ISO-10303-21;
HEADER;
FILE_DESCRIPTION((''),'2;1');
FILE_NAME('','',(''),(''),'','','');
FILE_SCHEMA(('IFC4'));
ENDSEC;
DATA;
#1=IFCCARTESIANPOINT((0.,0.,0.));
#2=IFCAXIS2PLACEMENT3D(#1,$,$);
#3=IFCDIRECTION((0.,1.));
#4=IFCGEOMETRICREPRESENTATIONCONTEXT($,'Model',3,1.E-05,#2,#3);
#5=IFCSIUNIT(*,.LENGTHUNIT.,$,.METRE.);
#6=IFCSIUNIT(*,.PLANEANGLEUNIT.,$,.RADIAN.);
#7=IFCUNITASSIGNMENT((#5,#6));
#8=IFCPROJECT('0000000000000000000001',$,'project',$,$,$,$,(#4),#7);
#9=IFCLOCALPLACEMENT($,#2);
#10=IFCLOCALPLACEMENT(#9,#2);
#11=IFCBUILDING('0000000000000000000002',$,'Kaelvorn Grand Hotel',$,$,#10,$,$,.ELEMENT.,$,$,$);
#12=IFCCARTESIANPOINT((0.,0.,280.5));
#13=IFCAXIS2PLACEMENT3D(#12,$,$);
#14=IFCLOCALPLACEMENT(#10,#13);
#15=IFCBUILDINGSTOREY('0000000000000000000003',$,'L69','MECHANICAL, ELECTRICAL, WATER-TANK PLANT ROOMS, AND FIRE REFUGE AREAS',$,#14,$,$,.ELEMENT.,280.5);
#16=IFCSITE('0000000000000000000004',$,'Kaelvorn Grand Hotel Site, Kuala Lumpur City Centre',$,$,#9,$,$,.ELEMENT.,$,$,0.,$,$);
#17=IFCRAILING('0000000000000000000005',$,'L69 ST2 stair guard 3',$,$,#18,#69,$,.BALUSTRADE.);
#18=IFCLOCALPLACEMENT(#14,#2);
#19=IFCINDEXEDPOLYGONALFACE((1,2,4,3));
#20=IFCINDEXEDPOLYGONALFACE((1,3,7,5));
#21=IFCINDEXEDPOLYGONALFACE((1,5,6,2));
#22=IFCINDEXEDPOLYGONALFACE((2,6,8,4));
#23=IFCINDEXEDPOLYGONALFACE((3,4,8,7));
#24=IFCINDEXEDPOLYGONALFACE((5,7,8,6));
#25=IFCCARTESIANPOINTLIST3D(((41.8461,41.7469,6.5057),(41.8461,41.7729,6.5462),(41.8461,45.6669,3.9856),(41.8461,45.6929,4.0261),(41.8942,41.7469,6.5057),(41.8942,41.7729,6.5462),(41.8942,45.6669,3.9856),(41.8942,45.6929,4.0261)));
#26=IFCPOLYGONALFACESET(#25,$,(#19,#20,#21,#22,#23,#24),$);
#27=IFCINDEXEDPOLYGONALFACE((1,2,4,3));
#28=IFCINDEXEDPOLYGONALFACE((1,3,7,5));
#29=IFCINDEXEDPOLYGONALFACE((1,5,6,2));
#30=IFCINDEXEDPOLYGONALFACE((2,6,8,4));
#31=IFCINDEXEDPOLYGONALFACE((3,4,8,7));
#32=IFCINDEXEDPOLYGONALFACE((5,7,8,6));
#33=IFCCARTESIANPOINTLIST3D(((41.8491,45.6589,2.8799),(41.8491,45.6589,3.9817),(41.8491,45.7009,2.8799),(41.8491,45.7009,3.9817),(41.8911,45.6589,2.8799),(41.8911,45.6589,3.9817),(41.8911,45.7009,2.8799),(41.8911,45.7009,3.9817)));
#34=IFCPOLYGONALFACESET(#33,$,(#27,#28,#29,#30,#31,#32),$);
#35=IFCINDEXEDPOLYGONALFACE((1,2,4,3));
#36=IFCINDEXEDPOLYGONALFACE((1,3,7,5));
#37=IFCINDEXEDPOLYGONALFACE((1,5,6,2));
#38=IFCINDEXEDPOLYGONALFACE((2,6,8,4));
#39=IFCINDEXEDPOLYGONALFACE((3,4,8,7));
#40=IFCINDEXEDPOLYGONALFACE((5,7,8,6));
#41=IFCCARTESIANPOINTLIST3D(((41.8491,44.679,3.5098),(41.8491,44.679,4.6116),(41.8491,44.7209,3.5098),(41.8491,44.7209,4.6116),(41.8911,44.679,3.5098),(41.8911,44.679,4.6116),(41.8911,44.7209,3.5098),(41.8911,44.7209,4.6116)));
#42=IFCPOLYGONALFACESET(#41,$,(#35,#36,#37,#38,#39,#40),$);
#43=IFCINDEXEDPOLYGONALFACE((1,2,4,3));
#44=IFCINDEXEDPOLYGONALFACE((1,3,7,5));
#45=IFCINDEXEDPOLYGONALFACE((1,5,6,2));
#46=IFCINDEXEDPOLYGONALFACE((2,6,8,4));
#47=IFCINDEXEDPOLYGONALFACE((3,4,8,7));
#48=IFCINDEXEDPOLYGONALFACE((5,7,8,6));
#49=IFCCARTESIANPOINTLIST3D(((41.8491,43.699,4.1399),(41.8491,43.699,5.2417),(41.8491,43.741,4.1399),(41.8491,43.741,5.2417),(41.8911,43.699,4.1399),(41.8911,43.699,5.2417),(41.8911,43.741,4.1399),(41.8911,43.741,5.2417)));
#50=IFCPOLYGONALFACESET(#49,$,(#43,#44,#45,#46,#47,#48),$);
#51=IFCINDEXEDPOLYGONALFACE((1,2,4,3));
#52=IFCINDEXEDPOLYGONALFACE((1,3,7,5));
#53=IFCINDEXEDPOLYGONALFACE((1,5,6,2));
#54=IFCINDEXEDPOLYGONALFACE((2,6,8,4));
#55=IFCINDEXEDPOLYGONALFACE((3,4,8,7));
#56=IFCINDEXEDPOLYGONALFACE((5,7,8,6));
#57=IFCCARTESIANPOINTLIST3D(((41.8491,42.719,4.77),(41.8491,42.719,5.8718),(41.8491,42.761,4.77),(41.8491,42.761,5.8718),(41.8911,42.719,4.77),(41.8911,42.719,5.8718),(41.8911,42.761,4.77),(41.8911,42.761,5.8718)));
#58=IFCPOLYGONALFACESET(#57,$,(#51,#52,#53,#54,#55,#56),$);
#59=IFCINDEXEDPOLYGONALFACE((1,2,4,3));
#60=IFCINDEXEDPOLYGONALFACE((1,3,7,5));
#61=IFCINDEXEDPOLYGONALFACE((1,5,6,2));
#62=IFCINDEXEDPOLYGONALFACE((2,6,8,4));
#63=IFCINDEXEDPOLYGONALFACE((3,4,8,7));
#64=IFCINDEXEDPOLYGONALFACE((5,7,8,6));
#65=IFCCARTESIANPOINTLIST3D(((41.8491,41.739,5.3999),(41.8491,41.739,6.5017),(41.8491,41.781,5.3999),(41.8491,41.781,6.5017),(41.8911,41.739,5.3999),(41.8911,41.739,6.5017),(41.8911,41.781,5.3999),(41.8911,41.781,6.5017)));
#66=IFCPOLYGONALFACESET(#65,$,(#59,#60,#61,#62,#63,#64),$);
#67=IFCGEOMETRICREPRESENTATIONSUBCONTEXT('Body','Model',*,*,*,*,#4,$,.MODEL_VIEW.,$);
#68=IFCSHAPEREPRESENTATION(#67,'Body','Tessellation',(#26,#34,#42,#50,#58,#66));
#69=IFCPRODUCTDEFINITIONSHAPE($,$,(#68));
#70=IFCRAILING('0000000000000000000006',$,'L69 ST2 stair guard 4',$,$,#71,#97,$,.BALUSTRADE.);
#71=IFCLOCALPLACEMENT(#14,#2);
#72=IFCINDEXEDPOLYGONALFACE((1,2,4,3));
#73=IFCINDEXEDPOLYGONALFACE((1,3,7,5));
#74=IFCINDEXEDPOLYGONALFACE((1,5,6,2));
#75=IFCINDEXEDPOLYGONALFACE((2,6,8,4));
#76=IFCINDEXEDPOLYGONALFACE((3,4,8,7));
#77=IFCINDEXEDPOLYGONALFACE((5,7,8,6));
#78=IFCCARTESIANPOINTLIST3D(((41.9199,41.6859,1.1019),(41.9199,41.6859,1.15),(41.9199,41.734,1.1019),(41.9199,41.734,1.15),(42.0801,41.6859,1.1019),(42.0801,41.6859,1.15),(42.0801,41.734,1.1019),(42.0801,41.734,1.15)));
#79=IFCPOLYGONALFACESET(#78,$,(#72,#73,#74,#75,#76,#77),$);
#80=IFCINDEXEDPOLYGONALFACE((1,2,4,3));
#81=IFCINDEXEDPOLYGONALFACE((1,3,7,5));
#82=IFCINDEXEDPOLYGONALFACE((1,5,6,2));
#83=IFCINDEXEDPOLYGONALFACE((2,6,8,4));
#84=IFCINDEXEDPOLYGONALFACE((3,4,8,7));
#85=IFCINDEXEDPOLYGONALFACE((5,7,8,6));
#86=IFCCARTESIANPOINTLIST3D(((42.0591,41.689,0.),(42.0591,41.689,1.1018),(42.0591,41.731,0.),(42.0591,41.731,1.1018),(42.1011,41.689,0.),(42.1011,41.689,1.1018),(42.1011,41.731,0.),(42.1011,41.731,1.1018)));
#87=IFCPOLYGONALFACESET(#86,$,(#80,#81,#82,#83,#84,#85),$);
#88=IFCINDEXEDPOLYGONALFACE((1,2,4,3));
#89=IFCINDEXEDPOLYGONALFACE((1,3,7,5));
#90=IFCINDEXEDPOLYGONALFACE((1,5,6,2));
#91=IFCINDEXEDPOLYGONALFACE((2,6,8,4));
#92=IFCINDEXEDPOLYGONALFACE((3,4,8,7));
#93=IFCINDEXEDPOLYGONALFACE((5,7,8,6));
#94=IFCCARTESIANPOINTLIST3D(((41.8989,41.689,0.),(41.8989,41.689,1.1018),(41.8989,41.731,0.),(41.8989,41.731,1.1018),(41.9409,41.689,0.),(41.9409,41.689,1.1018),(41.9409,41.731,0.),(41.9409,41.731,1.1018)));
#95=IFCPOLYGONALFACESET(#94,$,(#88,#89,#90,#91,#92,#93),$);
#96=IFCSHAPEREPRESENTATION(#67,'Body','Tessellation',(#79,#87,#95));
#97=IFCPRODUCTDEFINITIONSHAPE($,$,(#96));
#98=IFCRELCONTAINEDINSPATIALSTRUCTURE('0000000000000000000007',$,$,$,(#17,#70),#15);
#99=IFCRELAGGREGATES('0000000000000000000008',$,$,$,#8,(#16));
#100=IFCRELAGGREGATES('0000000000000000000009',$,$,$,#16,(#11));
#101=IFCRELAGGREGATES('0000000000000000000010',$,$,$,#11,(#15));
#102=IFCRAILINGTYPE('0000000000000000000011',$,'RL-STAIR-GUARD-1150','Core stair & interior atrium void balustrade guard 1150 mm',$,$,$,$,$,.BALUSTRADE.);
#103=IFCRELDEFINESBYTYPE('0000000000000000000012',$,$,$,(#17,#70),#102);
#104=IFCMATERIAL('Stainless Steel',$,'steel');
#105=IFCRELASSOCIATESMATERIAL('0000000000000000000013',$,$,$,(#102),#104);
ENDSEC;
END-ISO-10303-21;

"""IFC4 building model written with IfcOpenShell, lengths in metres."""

from ifc_helpers import new_model, si_unit, direction, frame, origin, origin_2d, place, context, subcontext, project, spatial, rectangle, extrude, material, type_object, element, save


model = new_model("IFC4")

# Units and contexts
model_context = context("Model", 3, precision=1e-05, world=origin(), true_north=direction((0.0, 1.0)))
body_context = subcontext(model_context, "Body", "Model", "MODEL_VIEW")
ifc_project = project(units=[si_unit("LENGTHUNIT", "METRE"), si_unit("PLANEANGLEUNIT", "RADIAN")], contexts=[model_context])

# Site, building, storey
site_placement = place(None, origin())
site = spatial("IfcSite", under=ifc_project, at=site_placement, Name="Kaelvorn Grand Hotel Site, Kuala Lumpur City Centre", CompositionType="ELEMENT", RefElevation=0.0)
building_placement = place(site_placement, origin())
building = spatial("IfcBuilding", under=site, at=building_placement, Name="Kaelvorn Grand Hotel", CompositionType="ELEMENT")
storey_placement = place(building_placement, frame((0.0, 0.0, 280.5)))
storey = spatial("IfcBuildingStorey", under=building, at=storey_placement, Name="L69", Description="MECHANICAL, ELECTRICAL, WATER-TANK PLANT ROOMS, AND FIRE REFUGE AREAS", CompositionType="ELEMENT", Elevation=280.5)

# Railings
ifc_material_1 = material(Name="Stainless Steel", Category="steel")
railing_type_1 = type_object("IfcRailingType", Name="RL-STAIR-GUARD-1150", Description="Core stair & interior atrium void balustrade guard 1150 mm", PredefinedType="BALUSTRADE", material=ifc_material_1)
railing_1_placement = place(storey_placement, frame((41.8701, 45.6799, 2.8799)))
element("IfcRailing", 1, at=railing_1_placement, inside=storey, type_object=railing_type_1, Name="L69 ST2 stair guard 3", PredefinedType="BALUSTRADE", context=body_context, shape_type="SweptSolid", body=[
    extrude(rectangle(XDim=0.0481, YDim=0.0481, at=origin_2d()), frame((0.0, 0.0, 1.126), z_axis=(0.0, -0.841172, 0.540768), x_axis=(1.0, 0.0, 0.0)), (0.0, 0.0, 1.0), 4.6602),
    extrude(rectangle(XDim=0.042, YDim=0.042, at=origin_2d()), origin(), (0.0, 0.0, 1.0), 1.1018),
    extrude(rectangle(XDim=0.042, YDim=0.042, at=origin_2d()), frame((0.0, -0.98, 0.6299)), (0.0, 0.0, 1.0), 1.1018),
    extrude(rectangle(XDim=0.042, YDim=0.042, at=origin_2d()), frame((0.0, -1.96, 1.26)), (0.0, 0.0, 1.0), 1.1018),
    extrude(rectangle(XDim=0.042, YDim=0.042, at=origin_2d()), frame((0.0, -2.9399, 1.8901)), (0.0, 0.0, 1.0), 1.1018),
    extrude(rectangle(XDim=0.042, YDim=0.042, at=origin_2d()), frame((0.0, -3.9199, 2.52)), (0.0, 0.0, 1.0), 1.1018),
])
railing_2_placement = place(storey_placement, frame((42.0801, 41.71, 0.0)))
element("IfcRailing", 2, at=railing_2_placement, inside=storey, type_object=railing_type_1, Name="L69 ST2 stair guard 4", PredefinedType="BALUSTRADE", context=body_context, shape_type="SweptSolid", body=[
    extrude(rectangle(XDim=0.0481, YDim=0.0481, at=origin_2d()), frame((0.0, 0.0, 1.126), z_axis=(-1.0, 0.0, 0.0), x_axis=(0.0, -1.0, 0.0)), (0.0, 0.0, 1.0), 0.1602),
    extrude(rectangle(XDim=0.042, YDim=0.042, at=origin_2d()), origin(), (0.0, 0.0, 1.0), 1.1018),
    extrude(rectangle(XDim=0.042, YDim=0.042, at=origin_2d()), frame((-0.1602, 0.0, 0.0)), (0.0, 0.0, 1.0), 1.1018),
])

save(model, "model.ifc")
